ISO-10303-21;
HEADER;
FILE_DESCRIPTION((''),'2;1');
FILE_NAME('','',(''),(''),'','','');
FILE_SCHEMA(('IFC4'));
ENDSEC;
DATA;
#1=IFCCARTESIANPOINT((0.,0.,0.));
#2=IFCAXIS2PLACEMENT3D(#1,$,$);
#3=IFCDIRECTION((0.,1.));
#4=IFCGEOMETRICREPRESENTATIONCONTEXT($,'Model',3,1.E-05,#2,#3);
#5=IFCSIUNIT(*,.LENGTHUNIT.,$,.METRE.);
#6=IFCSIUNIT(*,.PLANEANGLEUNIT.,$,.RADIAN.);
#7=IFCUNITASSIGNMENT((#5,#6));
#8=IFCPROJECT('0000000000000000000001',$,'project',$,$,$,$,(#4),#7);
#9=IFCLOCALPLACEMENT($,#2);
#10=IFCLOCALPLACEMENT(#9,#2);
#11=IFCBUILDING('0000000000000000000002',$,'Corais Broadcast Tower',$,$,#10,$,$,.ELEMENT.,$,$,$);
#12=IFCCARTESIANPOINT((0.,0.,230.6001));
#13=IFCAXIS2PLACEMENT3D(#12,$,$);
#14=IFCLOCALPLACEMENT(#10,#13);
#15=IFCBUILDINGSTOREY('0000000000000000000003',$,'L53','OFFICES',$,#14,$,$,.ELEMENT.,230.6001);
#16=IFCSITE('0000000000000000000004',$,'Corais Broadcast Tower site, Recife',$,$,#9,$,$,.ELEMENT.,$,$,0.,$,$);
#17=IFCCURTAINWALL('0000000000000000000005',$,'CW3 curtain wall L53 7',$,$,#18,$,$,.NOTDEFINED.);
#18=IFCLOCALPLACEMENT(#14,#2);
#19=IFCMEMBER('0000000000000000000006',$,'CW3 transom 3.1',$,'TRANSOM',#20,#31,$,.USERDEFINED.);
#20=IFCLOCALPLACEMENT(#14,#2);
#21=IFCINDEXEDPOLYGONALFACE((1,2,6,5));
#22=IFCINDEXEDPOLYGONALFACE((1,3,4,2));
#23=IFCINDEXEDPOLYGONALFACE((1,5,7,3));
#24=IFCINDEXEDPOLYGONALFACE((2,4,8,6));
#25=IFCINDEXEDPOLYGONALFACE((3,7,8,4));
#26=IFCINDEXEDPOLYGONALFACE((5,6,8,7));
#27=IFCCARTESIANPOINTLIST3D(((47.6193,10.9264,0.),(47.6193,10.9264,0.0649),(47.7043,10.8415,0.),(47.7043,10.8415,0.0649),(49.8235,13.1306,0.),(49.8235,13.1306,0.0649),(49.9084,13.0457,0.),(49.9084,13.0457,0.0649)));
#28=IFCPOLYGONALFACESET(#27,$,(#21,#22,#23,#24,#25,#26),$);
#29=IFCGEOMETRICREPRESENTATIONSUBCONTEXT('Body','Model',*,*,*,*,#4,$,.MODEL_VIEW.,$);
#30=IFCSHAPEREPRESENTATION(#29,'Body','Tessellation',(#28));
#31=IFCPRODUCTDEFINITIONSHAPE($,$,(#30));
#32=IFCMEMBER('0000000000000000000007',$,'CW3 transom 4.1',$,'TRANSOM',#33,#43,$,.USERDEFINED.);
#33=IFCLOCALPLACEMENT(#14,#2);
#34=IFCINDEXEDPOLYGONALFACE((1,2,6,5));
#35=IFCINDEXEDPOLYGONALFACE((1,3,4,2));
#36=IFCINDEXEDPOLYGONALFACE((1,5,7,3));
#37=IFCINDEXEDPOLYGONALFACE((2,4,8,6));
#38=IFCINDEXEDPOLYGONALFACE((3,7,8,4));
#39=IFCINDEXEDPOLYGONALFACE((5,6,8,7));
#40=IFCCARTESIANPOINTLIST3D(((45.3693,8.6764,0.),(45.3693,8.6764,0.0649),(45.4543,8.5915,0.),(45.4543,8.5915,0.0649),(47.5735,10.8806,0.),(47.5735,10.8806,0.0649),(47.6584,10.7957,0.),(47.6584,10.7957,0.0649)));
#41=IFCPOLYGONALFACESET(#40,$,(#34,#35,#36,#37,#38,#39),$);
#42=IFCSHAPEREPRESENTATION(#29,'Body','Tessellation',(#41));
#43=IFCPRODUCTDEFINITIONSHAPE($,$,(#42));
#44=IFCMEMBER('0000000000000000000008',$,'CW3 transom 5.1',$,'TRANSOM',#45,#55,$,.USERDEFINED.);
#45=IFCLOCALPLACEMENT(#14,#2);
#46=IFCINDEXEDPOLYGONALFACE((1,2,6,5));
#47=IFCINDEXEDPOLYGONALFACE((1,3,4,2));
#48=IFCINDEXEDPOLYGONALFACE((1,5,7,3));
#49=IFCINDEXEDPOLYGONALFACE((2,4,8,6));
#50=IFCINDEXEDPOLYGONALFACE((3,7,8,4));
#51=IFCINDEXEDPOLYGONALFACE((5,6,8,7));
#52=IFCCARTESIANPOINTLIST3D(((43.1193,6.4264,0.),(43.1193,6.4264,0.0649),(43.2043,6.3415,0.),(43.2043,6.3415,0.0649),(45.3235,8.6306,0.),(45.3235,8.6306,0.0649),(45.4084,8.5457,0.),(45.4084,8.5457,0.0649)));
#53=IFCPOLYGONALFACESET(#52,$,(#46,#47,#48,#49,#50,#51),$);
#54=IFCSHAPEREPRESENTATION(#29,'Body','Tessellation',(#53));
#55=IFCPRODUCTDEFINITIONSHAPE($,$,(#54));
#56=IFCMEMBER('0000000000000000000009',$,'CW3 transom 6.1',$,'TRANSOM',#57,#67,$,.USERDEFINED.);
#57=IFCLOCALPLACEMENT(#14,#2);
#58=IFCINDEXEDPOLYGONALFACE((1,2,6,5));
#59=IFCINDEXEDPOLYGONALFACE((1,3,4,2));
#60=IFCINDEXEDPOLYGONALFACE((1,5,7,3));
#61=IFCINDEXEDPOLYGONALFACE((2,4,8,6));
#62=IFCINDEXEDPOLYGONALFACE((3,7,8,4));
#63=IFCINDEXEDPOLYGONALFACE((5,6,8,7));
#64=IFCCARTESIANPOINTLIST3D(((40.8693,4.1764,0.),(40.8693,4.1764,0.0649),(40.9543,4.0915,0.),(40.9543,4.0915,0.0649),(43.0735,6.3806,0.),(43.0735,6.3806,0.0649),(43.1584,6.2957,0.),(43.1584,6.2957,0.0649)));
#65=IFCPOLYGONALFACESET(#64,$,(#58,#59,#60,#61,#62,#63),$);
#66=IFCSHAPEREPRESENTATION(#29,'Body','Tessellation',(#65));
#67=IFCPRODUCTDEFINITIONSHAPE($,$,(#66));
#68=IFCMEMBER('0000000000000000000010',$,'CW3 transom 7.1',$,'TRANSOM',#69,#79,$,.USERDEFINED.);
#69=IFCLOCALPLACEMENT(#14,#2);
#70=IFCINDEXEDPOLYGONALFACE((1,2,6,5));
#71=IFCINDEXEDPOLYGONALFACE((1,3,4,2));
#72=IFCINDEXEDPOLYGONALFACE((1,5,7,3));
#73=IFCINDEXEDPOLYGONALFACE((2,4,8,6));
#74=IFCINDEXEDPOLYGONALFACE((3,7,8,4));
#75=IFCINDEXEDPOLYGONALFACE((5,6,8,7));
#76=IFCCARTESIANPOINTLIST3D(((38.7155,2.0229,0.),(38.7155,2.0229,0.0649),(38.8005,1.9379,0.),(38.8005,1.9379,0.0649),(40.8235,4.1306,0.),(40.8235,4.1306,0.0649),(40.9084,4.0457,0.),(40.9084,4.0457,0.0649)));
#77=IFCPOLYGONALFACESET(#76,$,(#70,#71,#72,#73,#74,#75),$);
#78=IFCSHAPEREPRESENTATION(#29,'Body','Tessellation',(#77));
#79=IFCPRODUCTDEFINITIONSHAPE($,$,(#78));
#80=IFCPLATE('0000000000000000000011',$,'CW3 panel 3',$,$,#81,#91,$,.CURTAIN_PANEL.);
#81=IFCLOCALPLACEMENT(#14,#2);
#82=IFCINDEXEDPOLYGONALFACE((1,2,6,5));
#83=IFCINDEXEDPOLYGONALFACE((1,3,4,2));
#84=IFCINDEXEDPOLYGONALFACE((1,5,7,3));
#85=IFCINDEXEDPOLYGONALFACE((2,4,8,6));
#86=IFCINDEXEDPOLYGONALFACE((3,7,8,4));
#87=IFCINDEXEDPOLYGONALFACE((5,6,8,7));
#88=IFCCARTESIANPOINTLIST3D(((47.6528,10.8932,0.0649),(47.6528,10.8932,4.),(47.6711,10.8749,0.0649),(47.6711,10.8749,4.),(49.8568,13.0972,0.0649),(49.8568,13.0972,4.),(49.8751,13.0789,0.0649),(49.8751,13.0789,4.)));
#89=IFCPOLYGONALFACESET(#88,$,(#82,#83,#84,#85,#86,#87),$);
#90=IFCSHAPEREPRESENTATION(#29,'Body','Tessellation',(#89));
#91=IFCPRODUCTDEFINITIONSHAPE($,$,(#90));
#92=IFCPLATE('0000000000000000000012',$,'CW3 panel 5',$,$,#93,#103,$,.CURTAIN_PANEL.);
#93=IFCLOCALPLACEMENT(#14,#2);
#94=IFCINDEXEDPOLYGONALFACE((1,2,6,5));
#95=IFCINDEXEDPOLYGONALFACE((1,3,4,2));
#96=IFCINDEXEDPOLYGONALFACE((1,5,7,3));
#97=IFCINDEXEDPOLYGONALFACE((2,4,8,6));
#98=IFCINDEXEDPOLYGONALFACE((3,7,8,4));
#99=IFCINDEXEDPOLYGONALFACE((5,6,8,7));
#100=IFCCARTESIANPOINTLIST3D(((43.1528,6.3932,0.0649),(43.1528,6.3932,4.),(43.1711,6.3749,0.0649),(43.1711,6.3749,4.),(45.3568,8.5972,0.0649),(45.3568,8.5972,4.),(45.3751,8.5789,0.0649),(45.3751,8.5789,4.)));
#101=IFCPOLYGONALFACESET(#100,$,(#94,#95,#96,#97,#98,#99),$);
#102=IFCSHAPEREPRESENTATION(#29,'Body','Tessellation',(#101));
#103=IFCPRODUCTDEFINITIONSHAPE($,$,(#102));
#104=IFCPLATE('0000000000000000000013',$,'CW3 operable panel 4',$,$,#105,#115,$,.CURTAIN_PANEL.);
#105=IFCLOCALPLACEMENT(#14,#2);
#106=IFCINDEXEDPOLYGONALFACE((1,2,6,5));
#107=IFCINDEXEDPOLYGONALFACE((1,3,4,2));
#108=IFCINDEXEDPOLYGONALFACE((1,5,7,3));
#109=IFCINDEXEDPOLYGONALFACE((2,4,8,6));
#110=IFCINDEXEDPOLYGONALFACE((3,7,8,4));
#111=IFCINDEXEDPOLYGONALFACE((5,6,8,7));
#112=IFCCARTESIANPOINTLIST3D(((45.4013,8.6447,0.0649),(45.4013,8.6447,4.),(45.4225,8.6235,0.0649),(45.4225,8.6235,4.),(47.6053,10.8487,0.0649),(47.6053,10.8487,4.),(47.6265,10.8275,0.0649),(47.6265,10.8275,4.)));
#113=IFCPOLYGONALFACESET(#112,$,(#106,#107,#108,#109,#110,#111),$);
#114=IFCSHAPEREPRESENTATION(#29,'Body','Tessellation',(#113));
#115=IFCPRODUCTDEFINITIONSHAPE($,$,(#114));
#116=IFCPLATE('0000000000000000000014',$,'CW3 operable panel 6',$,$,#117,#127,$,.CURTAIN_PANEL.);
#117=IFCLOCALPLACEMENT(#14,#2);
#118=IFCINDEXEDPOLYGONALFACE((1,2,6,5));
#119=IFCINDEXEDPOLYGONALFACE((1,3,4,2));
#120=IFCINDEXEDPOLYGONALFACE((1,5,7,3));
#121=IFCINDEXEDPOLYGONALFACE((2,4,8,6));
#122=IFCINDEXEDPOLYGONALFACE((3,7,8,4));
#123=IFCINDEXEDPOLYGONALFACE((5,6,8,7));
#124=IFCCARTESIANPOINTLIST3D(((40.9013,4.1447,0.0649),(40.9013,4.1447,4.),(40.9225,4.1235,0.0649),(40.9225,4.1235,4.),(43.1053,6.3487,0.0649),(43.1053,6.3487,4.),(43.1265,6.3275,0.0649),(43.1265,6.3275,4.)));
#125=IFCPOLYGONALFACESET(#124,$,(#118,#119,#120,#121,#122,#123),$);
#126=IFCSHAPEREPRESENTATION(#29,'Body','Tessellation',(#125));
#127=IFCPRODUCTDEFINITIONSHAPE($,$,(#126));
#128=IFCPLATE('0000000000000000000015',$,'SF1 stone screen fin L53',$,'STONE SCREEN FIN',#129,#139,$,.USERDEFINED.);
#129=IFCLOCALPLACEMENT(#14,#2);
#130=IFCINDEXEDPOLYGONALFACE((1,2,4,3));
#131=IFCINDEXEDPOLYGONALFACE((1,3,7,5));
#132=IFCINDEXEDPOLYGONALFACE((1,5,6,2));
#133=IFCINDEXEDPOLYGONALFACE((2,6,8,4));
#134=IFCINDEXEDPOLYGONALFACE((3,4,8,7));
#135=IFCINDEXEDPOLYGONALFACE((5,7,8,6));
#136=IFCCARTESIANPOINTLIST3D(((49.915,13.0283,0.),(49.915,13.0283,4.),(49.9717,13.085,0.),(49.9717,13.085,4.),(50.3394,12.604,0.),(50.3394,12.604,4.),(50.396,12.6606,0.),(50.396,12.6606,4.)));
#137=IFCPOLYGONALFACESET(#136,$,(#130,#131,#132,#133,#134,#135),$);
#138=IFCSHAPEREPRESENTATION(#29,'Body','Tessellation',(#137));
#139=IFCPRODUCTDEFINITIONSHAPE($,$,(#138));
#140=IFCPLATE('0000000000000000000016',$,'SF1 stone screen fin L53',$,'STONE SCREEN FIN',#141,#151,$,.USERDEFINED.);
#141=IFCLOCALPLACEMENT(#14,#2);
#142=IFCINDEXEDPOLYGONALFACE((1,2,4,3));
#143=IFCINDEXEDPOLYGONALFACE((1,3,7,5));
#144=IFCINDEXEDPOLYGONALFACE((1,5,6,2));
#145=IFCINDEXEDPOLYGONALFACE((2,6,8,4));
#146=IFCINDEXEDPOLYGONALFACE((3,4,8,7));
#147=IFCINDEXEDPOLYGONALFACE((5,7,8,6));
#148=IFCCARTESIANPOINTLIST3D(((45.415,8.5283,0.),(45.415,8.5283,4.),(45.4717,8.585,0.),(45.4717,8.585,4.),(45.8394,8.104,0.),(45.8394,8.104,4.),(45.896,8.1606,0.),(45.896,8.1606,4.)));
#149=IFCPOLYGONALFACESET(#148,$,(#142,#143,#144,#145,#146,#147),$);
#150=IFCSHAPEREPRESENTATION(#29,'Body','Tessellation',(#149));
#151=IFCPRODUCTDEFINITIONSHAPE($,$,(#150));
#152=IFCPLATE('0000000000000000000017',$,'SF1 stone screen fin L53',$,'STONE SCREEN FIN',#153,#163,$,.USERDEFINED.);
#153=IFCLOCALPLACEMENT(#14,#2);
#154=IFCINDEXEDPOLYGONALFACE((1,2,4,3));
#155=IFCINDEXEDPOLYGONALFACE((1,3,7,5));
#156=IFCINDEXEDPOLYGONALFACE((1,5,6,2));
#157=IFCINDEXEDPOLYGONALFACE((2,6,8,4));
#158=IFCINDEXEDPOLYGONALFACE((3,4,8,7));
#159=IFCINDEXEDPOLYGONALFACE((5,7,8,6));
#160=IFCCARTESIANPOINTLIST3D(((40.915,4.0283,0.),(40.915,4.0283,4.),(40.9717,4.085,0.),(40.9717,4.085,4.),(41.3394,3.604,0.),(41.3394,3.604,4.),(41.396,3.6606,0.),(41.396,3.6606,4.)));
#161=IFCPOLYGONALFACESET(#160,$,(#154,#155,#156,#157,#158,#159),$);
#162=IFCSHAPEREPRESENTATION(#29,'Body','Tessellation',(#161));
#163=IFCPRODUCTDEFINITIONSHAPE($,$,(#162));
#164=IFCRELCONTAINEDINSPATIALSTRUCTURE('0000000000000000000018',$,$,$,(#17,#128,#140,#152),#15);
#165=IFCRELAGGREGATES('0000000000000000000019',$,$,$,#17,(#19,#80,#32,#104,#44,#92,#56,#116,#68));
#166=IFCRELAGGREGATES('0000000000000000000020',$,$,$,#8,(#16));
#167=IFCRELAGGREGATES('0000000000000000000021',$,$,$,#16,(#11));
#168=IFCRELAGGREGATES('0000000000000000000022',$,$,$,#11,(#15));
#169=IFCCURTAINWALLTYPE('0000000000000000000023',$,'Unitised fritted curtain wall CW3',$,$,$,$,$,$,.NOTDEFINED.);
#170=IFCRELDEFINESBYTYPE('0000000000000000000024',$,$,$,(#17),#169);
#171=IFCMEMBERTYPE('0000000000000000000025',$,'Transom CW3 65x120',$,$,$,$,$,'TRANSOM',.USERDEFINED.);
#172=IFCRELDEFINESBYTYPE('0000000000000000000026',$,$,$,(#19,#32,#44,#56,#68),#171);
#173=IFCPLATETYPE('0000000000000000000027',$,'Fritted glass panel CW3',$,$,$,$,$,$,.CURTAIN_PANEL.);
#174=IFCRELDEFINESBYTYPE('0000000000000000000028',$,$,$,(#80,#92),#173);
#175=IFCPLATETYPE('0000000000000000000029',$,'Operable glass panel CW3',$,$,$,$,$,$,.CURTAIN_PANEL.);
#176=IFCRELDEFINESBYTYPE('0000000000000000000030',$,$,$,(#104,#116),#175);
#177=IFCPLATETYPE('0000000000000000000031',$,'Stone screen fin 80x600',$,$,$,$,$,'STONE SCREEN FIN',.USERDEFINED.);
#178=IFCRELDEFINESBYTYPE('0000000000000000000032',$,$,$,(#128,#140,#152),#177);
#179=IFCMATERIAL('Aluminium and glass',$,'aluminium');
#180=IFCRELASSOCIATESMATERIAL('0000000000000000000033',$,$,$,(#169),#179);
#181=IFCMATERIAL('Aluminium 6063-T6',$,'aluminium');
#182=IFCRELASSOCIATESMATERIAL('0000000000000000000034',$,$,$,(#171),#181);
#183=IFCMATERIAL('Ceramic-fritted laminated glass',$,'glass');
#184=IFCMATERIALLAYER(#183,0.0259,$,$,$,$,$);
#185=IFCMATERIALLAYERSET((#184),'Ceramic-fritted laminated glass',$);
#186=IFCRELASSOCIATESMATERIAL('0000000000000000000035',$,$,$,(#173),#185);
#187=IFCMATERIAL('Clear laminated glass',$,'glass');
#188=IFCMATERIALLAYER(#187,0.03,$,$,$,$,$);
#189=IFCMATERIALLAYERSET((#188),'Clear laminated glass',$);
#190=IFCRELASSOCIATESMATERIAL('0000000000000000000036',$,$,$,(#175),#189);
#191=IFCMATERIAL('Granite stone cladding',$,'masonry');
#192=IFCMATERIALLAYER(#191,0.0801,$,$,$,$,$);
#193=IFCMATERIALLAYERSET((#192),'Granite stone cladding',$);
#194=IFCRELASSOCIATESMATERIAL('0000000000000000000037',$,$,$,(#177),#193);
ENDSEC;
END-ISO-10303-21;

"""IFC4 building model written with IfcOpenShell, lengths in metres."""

from ifc_helpers import new_model, si_unit, direction, frame, origin, origin_2d, place, context, subcontext, project, spatial, rectangle, extrude, material, layer, layer_set, material_profile, profile_set, type_object, element, aggregate, save


model = new_model("IFC4")

# Units and contexts
model_context = context("Model", 3, precision=1e-05, world=origin(), true_north=direction((0.0, 1.0)))
body_context = subcontext(model_context, "Body", "Model", "MODEL_VIEW")
ifc_project = project(units=[si_unit("LENGTHUNIT", "METRE"), si_unit("PLANEANGLEUNIT", "RADIAN")], contexts=[model_context])

# Site, building, storey
site_placement = place(None, origin())
site = spatial("IfcSite", under=ifc_project, at=site_placement, Name="Corais Broadcast Tower site, Recife", CompositionType="ELEMENT", RefElevation=0.0)
building_placement = place(site_placement, origin())
building = spatial("IfcBuilding", under=site, at=building_placement, Name="Corais Broadcast Tower", CompositionType="ELEMENT")
storey_placement = place(building_placement, frame((0.0, 0.0, 230.6001)))
storey = spatial("IfcBuildingStorey", under=building, at=storey_placement, Name="L53", Description="OFFICES", CompositionType="ELEMENT", Elevation=230.6001)

# Curtain wall
ifc_material_1 = material(Name="Aluminium and glass", Category="aluminium")
curtain_wall_type = type_object("IfcCurtainWallType", Name="Unitised fritted curtain wall CW3", PredefinedType="NOTDEFINED", material=ifc_material_1)
curtain_wall_placement = place(storey_placement, origin())
curtain_wall = element("IfcCurtainWall", 1, at=curtain_wall_placement, inside=storey, type_object=curtain_wall_type, Name="CW3 curtain wall L53 7", PredefinedType="NOTDEFINED")

# Members
ifc_material_2 = material(Name="Aluminium 6063-T6", Category="aluminium")
ifc_material_profile_1 = material_profile(ifc_material_2, rectangle(XDim=0.1201, YDim=0.0649, at=origin_2d()), Name="Transom CW3 65x120")
ifc_profile_set_1 = profile_set([ifc_material_profile_1], Name="Aluminium 6063-T6")
member_type_1 = type_object("IfcMemberType", Name="Transom CW3 65x120", ElementType="TRANSOM", PredefinedType="USERDEFINED", material=ifc_profile_set_1)
member_1_placement = place(storey_placement, frame((49.866, 13.0881, 0.0325), z_axis=(-0.707107, -0.707107, 0.0), x_axis=(0.707107, -0.707107, 0.0)))
member_1 = element("IfcMember", 2, at=member_1_placement, type_object=member_type_1, Name="CW3 transom 3.1", ObjectType="TRANSOM", PredefinedType="USERDEFINED", context=body_context, shape_type="SweptSolid", body=[
    extrude(rectangle(XDim=0.1201, YDim=0.0649, at=origin_2d()), origin(), (0.0, 0.0, 1.0), 3.1172),
])
member_2_placement = place(storey_placement, frame((47.616, 10.8381, 0.0325), z_axis=(-0.707107, -0.707107, 0.0), x_axis=(0.707107, -0.707107, 0.0)))
member_2 = element("IfcMember", 3, at=member_2_placement, type_object=member_type_1, Name="CW3 transom 4.1", ObjectType="TRANSOM", PredefinedType="USERDEFINED", context=body_context, shape_type="SweptSolid", body=[
    extrude(rectangle(XDim=0.1201, YDim=0.0649, at=origin_2d()), origin(), (0.0, 0.0, 1.0), 3.1172),
])
member_3_placement = place(storey_placement, frame((45.366, 8.5881, 0.0325), z_axis=(-0.707107, -0.707107, 0.0), x_axis=(0.707107, -0.707107, 0.0)))
member_3 = element("IfcMember", 4, at=member_3_placement, type_object=member_type_1, Name="CW3 transom 5.1", ObjectType="TRANSOM", PredefinedType="USERDEFINED", context=body_context, shape_type="SweptSolid", body=[
    extrude(rectangle(XDim=0.1201, YDim=0.0649, at=origin_2d()), origin(), (0.0, 0.0, 1.0), 3.1172),
])
member_4_placement = place(storey_placement, frame((43.116, 6.3381, 0.0325), z_axis=(-0.707107, -0.707107, 0.0), x_axis=(0.707107, -0.707107, 0.0)))
member_4 = element("IfcMember", 5, at=member_4_placement, type_object=member_type_1, Name="CW3 transom 6.1", ObjectType="TRANSOM", PredefinedType="USERDEFINED", context=body_context, shape_type="SweptSolid", body=[
    extrude(rectangle(XDim=0.1201, YDim=0.0649, at=origin_2d()), origin(), (0.0, 0.0, 1.0), 3.1172),
])
member_5_placement = place(storey_placement, frame((40.866, 4.0881, 0.0325), z_axis=(-0.707148, -0.707066, 0.0), x_axis=(0.707066, -0.707148, 0.0)))
member_5 = element("IfcMember", 6, at=member_5_placement, type_object=member_type_1, Name="CW3 transom 7.1", ObjectType="TRANSOM", PredefinedType="USERDEFINED", context=body_context, shape_type="SweptSolid", body=[
    extrude(rectangle(XDim=0.1201, YDim=0.0649, at=origin_2d()), origin(), (0.0, 0.0, 1.0), 2.981),
])

# Plates
ifc_material_3 = material(Name="Ceramic-fritted laminated glass", Category="glass")
ifc_layer_1 = layer(ifc_material_3, 0.0259)
ifc_layer_set_1 = layer_set([ifc_layer_1], Name="Ceramic-fritted laminated glass")
plate_type_1 = type_object("IfcPlateType", Name="Fritted glass panel CW3", PredefinedType="CURTAIN_PANEL", material=ifc_layer_set_1)
plate_1_placement = place(storey_placement, frame((48.7639, 11.9861, 0.0649), z_axis=(0.0, 0.0, 1.0), x_axis=(-0.707107, -0.707107, 0.0)))
plate_1 = element("IfcPlate", 7, at=plate_1_placement, type_object=plate_type_1, Name="CW3 panel 3", PredefinedType="CURTAIN_PANEL", context=body_context, shape_type="SweptSolid", body=[
    extrude(rectangle(XDim=3.1169, YDim=0.0259, at=origin_2d()), origin(), (0.0, 0.0, 1.0), 3.9351),
])
plate_2_placement = place(storey_placement, frame((44.2639, 7.4861, 0.0649), z_axis=(0.0, 0.0, 1.0), x_axis=(-0.707107, -0.707107, 0.0)))
plate_2 = element("IfcPlate", 8, at=plate_2_placement, type_object=plate_type_1, Name="CW3 panel 5", PredefinedType="CURTAIN_PANEL", context=body_context, shape_type="SweptSolid", body=[
    extrude(rectangle(XDim=3.1169, YDim=0.0259, at=origin_2d()), origin(), (0.0, 0.0, 1.0), 3.9351),
])
ifc_material_4 = material(Name="Clear laminated glass", Category="glass")
ifc_layer_2 = layer(ifc_material_4, 0.03)
ifc_layer_set_2 = layer_set([ifc_layer_2], Name="Clear laminated glass")
plate_type_2 = type_object("IfcPlateType", Name="Operable glass panel CW3", PredefinedType="CURTAIN_PANEL", material=ifc_layer_set_2)
plate_3_placement = place(storey_placement, frame((46.5139, 9.7361, 0.0649), z_axis=(0.0, 0.0, 1.0), x_axis=(-0.707107, -0.707107, 0.0)))
plate_3 = element("IfcPlate", 9, at=plate_3_placement, type_object=plate_type_2, Name="CW3 operable panel 4", PredefinedType="CURTAIN_PANEL", context=body_context, shape_type="SweptSolid", body=[
    extrude(rectangle(XDim=3.1169, YDim=0.03, at=origin_2d()), origin(), (0.0, 0.0, 1.0), 3.9351),
])
plate_4_placement = place(storey_placement, frame((42.0139, 5.2361, 0.0649), z_axis=(0.0, 0.0, 1.0), x_axis=(-0.707107, -0.707107, 0.0)))
plate_4 = element("IfcPlate", 10, at=plate_4_placement, type_object=plate_type_2, Name="CW3 operable panel 6", PredefinedType="CURTAIN_PANEL", context=body_context, shape_type="SweptSolid", body=[
    extrude(rectangle(XDim=3.1169, YDim=0.03, at=origin_2d()), origin(), (0.0, 0.0, 1.0), 3.9351),
])
aggregate(curtain_wall, [member_1, plate_1, member_2, plate_3, member_3, plate_2, member_4, plate_4, member_5])

# Plates
ifc_material_5 = material(Name="Granite stone cladding", Category="masonry")
ifc_layer_3 = layer(ifc_material_5, 0.0801)
ifc_layer_set_3 = layer_set([ifc_layer_3], Name="Granite stone cladding")
plate_type_3 = type_object("IfcPlateType", Name="Stone screen fin 80x600", ElementType="STONE SCREEN FIN", PredefinedType="USERDEFINED", material=ifc_layer_set_3)
for number, where, z_axis, x_axis, name in (
    (11, (50.1555, 12.8445, 0.0), (0.0, 0.0, 1.0), (-0.707107, -0.707107, 0.0), "SF1 stone screen fin L53"),
    (12, (45.6555, 8.3445, 0.0), (0.0, 0.0, 1.0), (-0.707107, -0.707107, 0.0), "SF1 stone screen fin L53"),
    (13, (41.1555, 3.8445, 0.0), (0.0, 0.0, 1.0), (-0.707107, -0.707107, 0.0), "SF1 stone screen fin L53"),
):
    element("IfcPlate", number, at=place(storey_placement, frame(where, z_axis=z_axis, x_axis=x_axis)), inside=storey, type_object=plate_type_3, Name=name, ObjectType="STONE SCREEN FIN", PredefinedType="USERDEFINED", context=body_context, shape_type="SweptSolid", body=[
        extrude(rectangle(XDim=0.0801, YDim=0.6001, at=origin_2d()), origin(), (0.0, 0.0, 1.0), 4.0),
    ])

save(model, "model.ifc")
